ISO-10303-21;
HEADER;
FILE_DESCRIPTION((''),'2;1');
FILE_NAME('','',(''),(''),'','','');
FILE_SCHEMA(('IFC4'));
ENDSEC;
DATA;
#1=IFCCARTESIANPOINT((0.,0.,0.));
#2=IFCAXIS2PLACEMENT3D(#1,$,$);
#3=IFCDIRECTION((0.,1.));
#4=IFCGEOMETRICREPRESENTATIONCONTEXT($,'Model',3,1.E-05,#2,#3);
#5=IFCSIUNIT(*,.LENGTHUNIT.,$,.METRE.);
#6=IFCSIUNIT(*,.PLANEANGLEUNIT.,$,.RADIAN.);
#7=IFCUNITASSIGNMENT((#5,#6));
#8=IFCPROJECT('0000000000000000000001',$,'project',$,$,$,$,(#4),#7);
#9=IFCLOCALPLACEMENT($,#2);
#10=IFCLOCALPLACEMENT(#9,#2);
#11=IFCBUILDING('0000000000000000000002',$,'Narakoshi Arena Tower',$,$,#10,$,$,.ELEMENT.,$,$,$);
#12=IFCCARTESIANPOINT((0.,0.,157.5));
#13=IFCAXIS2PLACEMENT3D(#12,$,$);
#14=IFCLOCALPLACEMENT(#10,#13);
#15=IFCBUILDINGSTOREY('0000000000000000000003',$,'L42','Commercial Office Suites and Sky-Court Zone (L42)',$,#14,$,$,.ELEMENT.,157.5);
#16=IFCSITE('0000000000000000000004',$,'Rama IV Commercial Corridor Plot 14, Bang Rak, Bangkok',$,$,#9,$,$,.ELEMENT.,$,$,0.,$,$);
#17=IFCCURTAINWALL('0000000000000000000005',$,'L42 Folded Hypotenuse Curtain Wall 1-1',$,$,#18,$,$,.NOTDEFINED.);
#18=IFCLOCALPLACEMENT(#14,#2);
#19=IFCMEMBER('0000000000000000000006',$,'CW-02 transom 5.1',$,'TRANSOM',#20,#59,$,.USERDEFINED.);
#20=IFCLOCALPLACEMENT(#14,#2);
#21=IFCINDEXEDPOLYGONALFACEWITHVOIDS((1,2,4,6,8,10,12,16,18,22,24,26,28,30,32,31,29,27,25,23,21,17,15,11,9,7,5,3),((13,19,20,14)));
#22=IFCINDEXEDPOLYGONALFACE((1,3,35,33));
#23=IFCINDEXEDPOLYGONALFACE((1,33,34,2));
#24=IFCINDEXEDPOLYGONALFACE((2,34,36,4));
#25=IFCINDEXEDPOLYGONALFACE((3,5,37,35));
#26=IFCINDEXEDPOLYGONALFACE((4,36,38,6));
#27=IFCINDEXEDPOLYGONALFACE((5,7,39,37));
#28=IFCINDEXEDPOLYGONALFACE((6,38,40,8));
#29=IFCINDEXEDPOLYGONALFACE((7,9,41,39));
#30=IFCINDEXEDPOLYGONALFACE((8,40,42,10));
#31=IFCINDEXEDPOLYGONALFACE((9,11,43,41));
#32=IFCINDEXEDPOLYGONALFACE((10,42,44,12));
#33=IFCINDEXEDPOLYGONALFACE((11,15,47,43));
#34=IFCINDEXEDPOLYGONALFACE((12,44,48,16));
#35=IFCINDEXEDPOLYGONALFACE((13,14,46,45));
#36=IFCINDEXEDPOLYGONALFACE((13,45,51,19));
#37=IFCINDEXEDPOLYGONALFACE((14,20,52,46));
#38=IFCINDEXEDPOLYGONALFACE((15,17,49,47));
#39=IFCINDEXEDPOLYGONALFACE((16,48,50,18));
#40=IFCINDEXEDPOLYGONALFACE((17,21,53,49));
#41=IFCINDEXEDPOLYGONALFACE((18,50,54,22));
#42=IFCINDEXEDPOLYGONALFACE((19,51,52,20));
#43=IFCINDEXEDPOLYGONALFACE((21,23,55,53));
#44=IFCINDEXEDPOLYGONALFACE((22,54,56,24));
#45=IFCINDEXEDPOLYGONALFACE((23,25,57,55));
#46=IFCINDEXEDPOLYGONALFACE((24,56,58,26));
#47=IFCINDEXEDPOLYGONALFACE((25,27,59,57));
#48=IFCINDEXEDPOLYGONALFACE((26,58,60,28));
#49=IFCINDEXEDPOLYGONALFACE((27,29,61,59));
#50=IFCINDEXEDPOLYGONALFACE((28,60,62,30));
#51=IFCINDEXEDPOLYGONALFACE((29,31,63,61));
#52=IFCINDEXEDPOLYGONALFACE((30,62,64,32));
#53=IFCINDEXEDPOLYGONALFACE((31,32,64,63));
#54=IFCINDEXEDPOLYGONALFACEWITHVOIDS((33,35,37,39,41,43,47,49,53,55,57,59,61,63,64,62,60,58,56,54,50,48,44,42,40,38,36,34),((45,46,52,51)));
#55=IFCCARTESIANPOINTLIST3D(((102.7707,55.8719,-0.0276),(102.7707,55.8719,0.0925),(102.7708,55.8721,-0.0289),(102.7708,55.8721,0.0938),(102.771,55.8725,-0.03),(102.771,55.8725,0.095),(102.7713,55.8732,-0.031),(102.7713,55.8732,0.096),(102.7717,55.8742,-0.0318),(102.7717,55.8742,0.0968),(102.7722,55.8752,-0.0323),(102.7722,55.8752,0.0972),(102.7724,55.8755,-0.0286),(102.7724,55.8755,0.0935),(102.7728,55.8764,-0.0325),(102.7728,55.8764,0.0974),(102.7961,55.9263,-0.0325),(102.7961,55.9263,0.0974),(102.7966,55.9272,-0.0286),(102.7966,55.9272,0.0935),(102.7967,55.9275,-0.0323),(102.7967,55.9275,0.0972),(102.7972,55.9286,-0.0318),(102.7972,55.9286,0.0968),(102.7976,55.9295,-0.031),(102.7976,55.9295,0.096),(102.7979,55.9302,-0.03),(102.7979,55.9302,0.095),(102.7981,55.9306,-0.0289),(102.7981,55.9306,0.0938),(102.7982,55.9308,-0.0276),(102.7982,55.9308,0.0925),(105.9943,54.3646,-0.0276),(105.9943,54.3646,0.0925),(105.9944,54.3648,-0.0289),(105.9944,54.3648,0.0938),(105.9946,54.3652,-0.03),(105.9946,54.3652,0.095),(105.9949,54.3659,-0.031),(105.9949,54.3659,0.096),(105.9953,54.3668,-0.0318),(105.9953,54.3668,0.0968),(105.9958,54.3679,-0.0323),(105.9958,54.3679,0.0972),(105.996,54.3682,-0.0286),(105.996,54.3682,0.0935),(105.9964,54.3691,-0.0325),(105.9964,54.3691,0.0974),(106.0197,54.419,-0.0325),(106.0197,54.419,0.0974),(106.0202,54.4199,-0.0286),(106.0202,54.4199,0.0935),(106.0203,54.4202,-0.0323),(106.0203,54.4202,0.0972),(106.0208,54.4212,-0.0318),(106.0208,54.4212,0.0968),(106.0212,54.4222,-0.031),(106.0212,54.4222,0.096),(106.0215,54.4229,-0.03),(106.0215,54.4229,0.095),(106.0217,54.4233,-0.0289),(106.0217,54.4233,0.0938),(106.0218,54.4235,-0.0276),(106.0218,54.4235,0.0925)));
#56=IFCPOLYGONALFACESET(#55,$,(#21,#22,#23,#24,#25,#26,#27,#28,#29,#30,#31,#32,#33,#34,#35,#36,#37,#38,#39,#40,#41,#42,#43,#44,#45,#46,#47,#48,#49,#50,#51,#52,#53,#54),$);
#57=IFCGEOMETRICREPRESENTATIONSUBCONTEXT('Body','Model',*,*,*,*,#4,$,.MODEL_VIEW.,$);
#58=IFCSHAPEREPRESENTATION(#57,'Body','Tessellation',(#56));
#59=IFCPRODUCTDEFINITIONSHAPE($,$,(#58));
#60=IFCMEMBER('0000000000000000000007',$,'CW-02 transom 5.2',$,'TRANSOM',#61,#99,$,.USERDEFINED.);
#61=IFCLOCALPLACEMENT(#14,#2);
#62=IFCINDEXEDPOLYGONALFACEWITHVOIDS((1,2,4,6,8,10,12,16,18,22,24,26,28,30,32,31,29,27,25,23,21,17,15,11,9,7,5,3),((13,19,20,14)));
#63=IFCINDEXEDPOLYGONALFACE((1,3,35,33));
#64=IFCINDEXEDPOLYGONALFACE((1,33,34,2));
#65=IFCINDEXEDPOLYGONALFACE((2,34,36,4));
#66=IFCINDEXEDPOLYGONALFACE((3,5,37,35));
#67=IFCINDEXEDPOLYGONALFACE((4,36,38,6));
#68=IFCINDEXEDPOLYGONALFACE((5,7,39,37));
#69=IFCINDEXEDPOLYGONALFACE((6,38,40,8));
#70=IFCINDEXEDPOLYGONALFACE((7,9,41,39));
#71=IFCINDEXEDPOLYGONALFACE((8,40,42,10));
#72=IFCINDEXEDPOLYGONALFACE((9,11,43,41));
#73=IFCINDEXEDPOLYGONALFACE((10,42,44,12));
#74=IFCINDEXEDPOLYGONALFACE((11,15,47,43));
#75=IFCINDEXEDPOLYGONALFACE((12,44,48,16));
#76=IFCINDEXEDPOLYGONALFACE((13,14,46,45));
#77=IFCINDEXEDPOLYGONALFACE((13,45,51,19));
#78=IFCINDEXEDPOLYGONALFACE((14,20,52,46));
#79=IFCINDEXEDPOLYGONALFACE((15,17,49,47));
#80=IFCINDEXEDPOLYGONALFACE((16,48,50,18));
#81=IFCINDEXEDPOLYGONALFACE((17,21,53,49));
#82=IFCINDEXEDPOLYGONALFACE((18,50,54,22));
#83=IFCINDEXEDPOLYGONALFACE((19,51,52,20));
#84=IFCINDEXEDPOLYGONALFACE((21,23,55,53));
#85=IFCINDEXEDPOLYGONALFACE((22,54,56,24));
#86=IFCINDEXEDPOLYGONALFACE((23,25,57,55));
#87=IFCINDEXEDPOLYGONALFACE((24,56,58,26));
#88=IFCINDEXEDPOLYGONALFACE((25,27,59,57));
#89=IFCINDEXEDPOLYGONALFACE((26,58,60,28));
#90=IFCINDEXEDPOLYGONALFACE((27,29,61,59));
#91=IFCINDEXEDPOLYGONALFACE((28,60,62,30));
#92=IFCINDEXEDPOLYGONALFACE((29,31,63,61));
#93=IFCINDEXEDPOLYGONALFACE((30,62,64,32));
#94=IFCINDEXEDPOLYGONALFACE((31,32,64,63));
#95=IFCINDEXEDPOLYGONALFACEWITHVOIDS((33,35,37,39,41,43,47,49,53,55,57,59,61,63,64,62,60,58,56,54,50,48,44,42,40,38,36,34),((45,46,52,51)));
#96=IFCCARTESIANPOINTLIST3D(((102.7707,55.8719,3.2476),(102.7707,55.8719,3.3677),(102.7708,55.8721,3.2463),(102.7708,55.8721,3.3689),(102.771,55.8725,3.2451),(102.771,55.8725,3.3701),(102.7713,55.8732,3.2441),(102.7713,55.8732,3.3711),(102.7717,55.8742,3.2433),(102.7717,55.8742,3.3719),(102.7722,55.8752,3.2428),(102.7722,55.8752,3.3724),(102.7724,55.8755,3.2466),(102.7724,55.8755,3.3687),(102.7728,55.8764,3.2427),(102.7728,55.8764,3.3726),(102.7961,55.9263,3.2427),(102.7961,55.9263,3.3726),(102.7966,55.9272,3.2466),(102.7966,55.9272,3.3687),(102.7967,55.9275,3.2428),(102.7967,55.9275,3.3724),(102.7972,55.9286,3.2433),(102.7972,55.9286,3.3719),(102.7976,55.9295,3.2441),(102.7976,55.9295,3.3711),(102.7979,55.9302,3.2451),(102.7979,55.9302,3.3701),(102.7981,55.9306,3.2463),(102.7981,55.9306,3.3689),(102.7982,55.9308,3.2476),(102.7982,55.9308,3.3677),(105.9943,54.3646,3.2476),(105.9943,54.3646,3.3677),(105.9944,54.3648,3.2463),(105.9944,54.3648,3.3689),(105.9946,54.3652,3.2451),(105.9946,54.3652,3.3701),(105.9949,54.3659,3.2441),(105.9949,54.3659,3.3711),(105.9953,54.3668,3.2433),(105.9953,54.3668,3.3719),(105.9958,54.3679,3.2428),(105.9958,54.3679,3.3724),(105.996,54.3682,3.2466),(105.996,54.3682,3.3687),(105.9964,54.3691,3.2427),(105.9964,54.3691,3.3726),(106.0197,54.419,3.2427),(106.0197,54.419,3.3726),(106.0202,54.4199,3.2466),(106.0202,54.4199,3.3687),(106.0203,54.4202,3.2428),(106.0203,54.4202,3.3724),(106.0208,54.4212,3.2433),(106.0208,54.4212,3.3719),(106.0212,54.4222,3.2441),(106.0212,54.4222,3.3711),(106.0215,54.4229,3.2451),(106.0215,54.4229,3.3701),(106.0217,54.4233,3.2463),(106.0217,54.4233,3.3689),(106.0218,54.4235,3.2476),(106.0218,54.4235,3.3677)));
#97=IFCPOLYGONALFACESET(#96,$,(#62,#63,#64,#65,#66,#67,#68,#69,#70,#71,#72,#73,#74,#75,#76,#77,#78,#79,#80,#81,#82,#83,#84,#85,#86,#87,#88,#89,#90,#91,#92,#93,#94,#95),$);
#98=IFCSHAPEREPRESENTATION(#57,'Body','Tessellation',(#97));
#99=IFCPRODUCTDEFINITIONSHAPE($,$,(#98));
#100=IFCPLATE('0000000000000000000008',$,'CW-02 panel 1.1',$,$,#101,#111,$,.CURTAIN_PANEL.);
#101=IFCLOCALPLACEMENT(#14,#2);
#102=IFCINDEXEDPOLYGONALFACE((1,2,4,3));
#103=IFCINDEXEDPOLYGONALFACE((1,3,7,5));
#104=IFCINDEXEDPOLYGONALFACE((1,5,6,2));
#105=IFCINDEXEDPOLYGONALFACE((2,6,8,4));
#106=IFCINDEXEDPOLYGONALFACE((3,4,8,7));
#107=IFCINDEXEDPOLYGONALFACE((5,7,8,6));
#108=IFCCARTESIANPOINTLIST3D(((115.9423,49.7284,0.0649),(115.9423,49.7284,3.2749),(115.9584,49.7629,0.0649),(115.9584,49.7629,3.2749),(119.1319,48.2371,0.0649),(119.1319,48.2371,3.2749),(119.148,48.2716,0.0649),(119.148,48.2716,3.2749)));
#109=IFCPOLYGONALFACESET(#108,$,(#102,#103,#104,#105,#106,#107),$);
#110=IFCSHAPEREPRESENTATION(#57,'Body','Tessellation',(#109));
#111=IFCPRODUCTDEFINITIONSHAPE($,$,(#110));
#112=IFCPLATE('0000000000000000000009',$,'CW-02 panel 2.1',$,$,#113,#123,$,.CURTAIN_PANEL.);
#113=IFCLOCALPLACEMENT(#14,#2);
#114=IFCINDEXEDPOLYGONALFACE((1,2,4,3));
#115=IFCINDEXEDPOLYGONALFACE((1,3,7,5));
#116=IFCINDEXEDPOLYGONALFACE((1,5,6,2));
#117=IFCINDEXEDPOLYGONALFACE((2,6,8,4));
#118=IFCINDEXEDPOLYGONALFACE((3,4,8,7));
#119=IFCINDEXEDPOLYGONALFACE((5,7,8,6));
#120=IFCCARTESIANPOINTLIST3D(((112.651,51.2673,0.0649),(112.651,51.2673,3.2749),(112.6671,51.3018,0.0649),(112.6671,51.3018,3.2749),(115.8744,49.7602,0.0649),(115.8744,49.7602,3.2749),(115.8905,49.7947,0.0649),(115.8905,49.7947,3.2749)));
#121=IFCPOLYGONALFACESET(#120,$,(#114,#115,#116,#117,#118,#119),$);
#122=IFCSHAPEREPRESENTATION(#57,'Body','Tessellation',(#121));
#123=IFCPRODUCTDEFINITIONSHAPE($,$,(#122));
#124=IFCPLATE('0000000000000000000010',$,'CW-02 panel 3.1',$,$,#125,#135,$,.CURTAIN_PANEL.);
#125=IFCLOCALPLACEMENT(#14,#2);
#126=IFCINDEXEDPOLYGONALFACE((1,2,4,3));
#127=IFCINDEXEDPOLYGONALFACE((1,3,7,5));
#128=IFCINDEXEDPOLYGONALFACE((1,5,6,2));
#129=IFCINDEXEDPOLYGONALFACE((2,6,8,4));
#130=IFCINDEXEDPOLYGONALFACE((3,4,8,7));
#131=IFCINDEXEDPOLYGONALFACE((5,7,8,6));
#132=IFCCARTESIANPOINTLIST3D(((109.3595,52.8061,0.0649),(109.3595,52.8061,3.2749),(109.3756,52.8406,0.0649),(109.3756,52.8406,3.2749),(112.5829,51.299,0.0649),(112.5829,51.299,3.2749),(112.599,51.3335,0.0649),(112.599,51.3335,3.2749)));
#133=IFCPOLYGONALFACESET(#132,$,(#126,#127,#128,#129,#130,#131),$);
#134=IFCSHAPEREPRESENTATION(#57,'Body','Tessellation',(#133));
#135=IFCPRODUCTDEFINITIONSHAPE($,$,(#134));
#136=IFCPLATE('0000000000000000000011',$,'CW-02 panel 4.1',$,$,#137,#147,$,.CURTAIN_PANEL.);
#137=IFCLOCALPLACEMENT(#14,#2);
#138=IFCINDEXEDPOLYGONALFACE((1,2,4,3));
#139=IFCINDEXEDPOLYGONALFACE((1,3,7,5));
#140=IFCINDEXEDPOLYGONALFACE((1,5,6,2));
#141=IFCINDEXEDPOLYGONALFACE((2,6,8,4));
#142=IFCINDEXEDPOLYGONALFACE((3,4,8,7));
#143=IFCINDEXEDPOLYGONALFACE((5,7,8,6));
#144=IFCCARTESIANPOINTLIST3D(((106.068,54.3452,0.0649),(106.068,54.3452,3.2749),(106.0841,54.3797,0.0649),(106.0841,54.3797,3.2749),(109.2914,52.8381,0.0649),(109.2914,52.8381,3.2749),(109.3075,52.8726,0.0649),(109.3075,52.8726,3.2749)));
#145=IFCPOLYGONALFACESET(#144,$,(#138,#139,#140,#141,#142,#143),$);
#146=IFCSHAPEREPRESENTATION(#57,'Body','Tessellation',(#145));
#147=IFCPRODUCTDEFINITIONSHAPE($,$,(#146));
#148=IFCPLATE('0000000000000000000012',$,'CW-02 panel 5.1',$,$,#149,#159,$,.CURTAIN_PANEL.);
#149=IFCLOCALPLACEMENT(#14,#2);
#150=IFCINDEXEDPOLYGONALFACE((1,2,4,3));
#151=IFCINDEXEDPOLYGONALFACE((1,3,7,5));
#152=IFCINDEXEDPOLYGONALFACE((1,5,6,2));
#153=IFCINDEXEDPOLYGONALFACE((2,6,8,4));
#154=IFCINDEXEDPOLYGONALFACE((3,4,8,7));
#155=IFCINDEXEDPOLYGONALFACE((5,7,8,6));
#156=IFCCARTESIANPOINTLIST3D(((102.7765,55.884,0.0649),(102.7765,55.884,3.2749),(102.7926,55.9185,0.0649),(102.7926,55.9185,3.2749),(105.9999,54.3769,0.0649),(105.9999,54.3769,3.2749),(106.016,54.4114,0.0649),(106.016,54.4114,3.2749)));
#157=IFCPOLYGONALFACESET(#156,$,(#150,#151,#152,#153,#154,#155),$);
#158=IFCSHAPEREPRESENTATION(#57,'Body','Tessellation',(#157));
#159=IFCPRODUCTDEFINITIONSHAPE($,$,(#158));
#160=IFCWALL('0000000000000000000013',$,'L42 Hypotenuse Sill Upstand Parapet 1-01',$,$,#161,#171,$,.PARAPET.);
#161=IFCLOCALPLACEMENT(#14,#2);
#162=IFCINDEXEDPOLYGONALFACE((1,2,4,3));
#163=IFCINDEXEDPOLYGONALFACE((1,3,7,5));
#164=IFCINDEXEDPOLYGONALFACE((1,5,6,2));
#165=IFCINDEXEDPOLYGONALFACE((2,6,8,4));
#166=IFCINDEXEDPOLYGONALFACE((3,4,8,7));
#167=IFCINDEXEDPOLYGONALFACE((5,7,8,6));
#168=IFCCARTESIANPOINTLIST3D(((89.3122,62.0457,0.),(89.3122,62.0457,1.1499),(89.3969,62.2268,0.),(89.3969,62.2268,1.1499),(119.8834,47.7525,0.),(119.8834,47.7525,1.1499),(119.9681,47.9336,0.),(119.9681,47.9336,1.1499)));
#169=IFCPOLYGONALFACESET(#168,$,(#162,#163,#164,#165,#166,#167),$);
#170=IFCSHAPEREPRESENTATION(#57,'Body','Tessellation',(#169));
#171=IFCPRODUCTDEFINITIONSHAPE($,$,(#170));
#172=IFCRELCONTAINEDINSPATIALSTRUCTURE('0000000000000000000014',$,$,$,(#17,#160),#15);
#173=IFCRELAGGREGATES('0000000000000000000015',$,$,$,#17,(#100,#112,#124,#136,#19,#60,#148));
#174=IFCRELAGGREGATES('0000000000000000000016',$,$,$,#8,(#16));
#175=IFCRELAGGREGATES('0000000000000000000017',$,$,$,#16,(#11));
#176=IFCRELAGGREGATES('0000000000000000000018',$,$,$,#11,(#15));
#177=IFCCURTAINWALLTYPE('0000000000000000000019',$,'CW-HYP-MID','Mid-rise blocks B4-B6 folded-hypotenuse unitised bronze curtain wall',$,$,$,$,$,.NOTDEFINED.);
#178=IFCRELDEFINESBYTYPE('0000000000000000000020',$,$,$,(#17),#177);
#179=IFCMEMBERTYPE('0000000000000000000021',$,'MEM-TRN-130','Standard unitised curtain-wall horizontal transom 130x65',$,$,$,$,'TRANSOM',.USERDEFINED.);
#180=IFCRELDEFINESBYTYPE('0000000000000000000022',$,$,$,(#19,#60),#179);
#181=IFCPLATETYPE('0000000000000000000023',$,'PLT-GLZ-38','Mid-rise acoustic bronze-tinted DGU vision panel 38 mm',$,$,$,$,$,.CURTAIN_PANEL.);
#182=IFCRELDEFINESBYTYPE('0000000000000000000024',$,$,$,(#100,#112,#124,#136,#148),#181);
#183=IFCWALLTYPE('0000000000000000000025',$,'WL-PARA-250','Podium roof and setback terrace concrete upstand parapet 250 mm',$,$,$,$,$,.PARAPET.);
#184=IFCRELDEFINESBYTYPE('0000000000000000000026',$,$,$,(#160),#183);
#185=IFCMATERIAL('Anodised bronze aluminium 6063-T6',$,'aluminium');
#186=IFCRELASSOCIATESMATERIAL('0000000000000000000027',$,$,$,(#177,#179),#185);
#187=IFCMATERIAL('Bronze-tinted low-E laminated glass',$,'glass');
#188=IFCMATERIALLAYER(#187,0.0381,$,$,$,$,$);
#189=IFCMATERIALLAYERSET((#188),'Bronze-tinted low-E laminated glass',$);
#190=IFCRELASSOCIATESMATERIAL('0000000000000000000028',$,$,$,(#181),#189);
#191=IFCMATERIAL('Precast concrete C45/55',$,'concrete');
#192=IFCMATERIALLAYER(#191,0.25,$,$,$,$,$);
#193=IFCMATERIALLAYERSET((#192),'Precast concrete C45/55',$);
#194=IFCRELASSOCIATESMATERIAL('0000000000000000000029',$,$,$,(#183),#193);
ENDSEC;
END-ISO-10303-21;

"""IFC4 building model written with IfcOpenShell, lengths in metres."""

from ifc_helpers import new_model, si_unit, direction, frame, frame_2d, origin, origin_2d, place, context, subcontext, project, spatial, rectangle, hollow_rectangle, extrude, material, layer, layer_set, material_profile, profile_set, type_object, element, aggregate, save


model = new_model("IFC4")

# Units and contexts
model_context = context("Model", 3, precision=1e-05, world=origin(), true_north=direction((0.0, 1.0)))
body_context = subcontext(model_context, "Body", "Model", "MODEL_VIEW")
ifc_project = project(units=[si_unit("LENGTHUNIT", "METRE"), si_unit("PLANEANGLEUNIT", "RADIAN")], contexts=[model_context])

# Site, building, storey
site_placement = place(None, origin())
site = spatial("IfcSite", under=ifc_project, at=site_placement, Name="Rama IV Commercial Corridor Plot 14, Bang Rak, Bangkok", CompositionType="ELEMENT", RefElevation=0.0)
building_placement = place(site_placement, origin())
building = spatial("IfcBuilding", under=site, at=building_placement, Name="Narakoshi Arena Tower", CompositionType="ELEMENT")
storey_placement = place(building_placement, frame((0.0, 0.0, 157.5)))
storey = spatial("IfcBuildingStorey", under=building, at=storey_placement, Name="L42", Description="Commercial Office Suites and Sky-Court Zone (L42)", CompositionType="ELEMENT", Elevation=157.5)

# Curtain wall, members, plates
ifc_material_1 = material(Name="Anodised bronze aluminium 6063-T6", Category="aluminium")
curtain_wall_type = type_object("IfcCurtainWallType", Name="CW-HYP-MID", Description="Mid-rise blocks B4-B6 folded-hypotenuse unitised bronze curtain wall", PredefinedType="NOTDEFINED", material=ifc_material_1)
curtain_wall_placement = place(storey_placement, origin())
curtain_wall = element("IfcCurtainWall", 1, at=curtain_wall_placement, inside=storey, type_object=curtain_wall_type, Name="L42 Folded Hypotenuse Curtain Wall 1-1", PredefinedType="NOTDEFINED")
ifc_material_profile_1 = material_profile(ifc_material_1, hollow_rectangle(XDim=0.0649, YDim=0.1299, WallThickness=0.0039, OuterFilletRadius=0.0049, at=origin_2d()), Name="TRN130x65x4")
ifc_profile_set_1 = profile_set([ifc_material_profile_1], Name="Anodised bronze aluminium 6063-T6")
member_type_1 = type_object("IfcMemberType", Name="MEM-TRN-130", Description="Standard unitised curtain-wall horizontal transom 130x65", ElementType="TRANSOM", PredefinedType="USERDEFINED", material=ifc_profile_set_1)
member_1_placement = place(storey_placement, frame((106.0081, 54.394, 0.0325), z_axis=(-0.905864, 0.423569, 0.0), x_axis=(-0.423569, -0.905864, 0.0)))
member_1 = element("IfcMember", 2, at=member_1_placement, type_object=member_type_1, Name="CW-02 transom 5.1", ObjectType="TRANSOM", PredefinedType="USERDEFINED", context=body_context, shape_type="SweptSolid", body=[
    extrude(hollow_rectangle(XDim=0.0649, YDim=0.1299, WallThickness=0.0039, OuterFilletRadius=0.0049, at=origin_2d()), origin(), (0.0, 0.0, 1.0), 3.5586),
])
member_2_placement = place(storey_placement, frame((106.0081, 54.394, 3.3076), z_axis=(-0.905864, 0.423569, 0.0), x_axis=(-0.423569, -0.905864, 0.0)))
member_2 = element("IfcMember", 3, at=member_2_placement, type_object=member_type_1, Name="CW-02 transom 5.2", ObjectType="TRANSOM", PredefinedType="USERDEFINED", context=body_context, shape_type="SweptSolid", body=[
    extrude(hollow_rectangle(XDim=0.0649, YDim=0.1299, WallThickness=0.0039, OuterFilletRadius=0.0049, at=origin_2d()), origin(), (0.0, 0.0, 1.0), 3.5586),
])
ifc_material_2 = material(Name="Bronze-tinted low-E laminated glass", Category="glass")
ifc_layer_1 = layer(ifc_material_2, 0.0381)
ifc_layer_set_1 = layer_set([ifc_layer_1], Name="Bronze-tinted low-E laminated glass")
plate_type = type_object("IfcPlateType", Name="PLT-GLZ-38", Description="Mid-rise acoustic bronze-tinted DGU vision panel 38 mm", PredefinedType="CURTAIN_PANEL", material=ifc_layer_set_1)
plate_1_placement = place(storey_placement, frame((117.5452, 49.0, 0.0649), z_axis=(0.0, 0.0, 1.0), x_axis=(-0.905881, 0.423532, 0.0)))
plate_1 = element("IfcPlate", 4, at=plate_1_placement, type_object=plate_type, Name="CW-02 panel 1.1", PredefinedType="CURTAIN_PANEL", context=body_context, shape_type="SweptSolid", body=[
    extrude(rectangle(XDim=3.521, YDim=0.0381, at=origin_2d()), origin(), (0.0, 0.0, 1.0), 3.21),
])
plate_2_placement = place(storey_placement, frame((114.2708, 50.531, 0.0649), z_axis=(0.0, 0.0, 1.0), x_axis=(-0.905881, 0.423532, 0.0)))
plate_2 = element("IfcPlate", 5, at=plate_2_placement, type_object=plate_type, Name="CW-02 panel 2.1", PredefinedType="CURTAIN_PANEL", context=body_context, shape_type="SweptSolid", body=[
    extrude(rectangle(XDim=3.5583, YDim=0.0381, at=origin_2d()), origin(), (0.0, 0.0, 1.0), 3.21),
])
plate_3_placement = place(storey_placement, frame((110.9792, 52.0698, 0.0649), z_axis=(0.0, 0.0, 1.0), x_axis=(-0.905881, 0.423532, 0.0)))
plate_3 = element("IfcPlate", 6, at=plate_3_placement, type_object=plate_type, Name="CW-02 panel 3.1", PredefinedType="CURTAIN_PANEL", context=body_context, shape_type="SweptSolid", body=[
    extrude(rectangle(XDim=3.5583, YDim=0.0381, at=origin_2d()), origin(), (0.0, 0.0, 1.0), 3.21),
])
plate_4_placement = place(storey_placement, frame((107.6877, 53.6089, 0.0649), z_axis=(0.0, 0.0, 1.0), x_axis=(-0.905881, 0.423532, 0.0)))
plate_4 = element("IfcPlate", 7, at=plate_4_placement, type_object=plate_type, Name="CW-02 panel 4.1", PredefinedType="CURTAIN_PANEL", context=body_context, shape_type="SweptSolid", body=[
    extrude(rectangle(XDim=3.5583, YDim=0.0381, at=origin_2d()), origin(), (0.0, 0.0, 1.0), 3.21),
])
plate_5_placement = place(storey_placement, frame((104.3962, 55.1477, 0.0649), z_axis=(0.0, 0.0, 1.0), x_axis=(-0.905881, 0.423532, 0.0)))
plate_5 = element("IfcPlate", 8, at=plate_5_placement, type_object=plate_type, Name="CW-02 panel 5.1", PredefinedType="CURTAIN_PANEL", context=body_context, shape_type="SweptSolid", body=[
    extrude(rectangle(XDim=3.5583, YDim=0.0381, at=origin_2d()), origin(), (0.0, 0.0, 1.0), 3.21),
])
aggregate(curtain_wall, [plate_1, plate_2, plate_3, plate_4, member_1, member_2, plate_5])

# Wall
ifc_material_3 = material(Name="Precast concrete C45/55", Category="concrete")
ifc_layer_2 = layer(ifc_material_3, 0.25)
ifc_layer_set_2 = layer_set([ifc_layer_2], Name="Precast concrete C45/55")
wall_type_1 = type_object("IfcWallType", Name="WL-PARA-250", Description="Podium roof and setback terrace concrete upstand parapet 250 mm", PredefinedType="PARAPET", material=ifc_layer_set_2)
wall_1_placement = place(storey_placement, frame((119.9258, 47.843, 0.0), z_axis=(0.0, 0.0, 1.0), x_axis=(-0.905881, 0.423533, 0.0)))
element("IfcWall", 9, at=wall_1_placement, inside=storey, type_object=wall_type_1, Name="L42 Hypotenuse Sill Upstand Parapet 1-01", PredefinedType="PARAPET", context=body_context, shape_type="SweptSolid", body=[
    extrude(rectangle(XDim=33.7476, YDim=0.2, at=frame_2d((16.8738, 0.0))), origin(), (0.0, 0.0, 1.0), 1.1499),
])

save(model, "model.ifc")
